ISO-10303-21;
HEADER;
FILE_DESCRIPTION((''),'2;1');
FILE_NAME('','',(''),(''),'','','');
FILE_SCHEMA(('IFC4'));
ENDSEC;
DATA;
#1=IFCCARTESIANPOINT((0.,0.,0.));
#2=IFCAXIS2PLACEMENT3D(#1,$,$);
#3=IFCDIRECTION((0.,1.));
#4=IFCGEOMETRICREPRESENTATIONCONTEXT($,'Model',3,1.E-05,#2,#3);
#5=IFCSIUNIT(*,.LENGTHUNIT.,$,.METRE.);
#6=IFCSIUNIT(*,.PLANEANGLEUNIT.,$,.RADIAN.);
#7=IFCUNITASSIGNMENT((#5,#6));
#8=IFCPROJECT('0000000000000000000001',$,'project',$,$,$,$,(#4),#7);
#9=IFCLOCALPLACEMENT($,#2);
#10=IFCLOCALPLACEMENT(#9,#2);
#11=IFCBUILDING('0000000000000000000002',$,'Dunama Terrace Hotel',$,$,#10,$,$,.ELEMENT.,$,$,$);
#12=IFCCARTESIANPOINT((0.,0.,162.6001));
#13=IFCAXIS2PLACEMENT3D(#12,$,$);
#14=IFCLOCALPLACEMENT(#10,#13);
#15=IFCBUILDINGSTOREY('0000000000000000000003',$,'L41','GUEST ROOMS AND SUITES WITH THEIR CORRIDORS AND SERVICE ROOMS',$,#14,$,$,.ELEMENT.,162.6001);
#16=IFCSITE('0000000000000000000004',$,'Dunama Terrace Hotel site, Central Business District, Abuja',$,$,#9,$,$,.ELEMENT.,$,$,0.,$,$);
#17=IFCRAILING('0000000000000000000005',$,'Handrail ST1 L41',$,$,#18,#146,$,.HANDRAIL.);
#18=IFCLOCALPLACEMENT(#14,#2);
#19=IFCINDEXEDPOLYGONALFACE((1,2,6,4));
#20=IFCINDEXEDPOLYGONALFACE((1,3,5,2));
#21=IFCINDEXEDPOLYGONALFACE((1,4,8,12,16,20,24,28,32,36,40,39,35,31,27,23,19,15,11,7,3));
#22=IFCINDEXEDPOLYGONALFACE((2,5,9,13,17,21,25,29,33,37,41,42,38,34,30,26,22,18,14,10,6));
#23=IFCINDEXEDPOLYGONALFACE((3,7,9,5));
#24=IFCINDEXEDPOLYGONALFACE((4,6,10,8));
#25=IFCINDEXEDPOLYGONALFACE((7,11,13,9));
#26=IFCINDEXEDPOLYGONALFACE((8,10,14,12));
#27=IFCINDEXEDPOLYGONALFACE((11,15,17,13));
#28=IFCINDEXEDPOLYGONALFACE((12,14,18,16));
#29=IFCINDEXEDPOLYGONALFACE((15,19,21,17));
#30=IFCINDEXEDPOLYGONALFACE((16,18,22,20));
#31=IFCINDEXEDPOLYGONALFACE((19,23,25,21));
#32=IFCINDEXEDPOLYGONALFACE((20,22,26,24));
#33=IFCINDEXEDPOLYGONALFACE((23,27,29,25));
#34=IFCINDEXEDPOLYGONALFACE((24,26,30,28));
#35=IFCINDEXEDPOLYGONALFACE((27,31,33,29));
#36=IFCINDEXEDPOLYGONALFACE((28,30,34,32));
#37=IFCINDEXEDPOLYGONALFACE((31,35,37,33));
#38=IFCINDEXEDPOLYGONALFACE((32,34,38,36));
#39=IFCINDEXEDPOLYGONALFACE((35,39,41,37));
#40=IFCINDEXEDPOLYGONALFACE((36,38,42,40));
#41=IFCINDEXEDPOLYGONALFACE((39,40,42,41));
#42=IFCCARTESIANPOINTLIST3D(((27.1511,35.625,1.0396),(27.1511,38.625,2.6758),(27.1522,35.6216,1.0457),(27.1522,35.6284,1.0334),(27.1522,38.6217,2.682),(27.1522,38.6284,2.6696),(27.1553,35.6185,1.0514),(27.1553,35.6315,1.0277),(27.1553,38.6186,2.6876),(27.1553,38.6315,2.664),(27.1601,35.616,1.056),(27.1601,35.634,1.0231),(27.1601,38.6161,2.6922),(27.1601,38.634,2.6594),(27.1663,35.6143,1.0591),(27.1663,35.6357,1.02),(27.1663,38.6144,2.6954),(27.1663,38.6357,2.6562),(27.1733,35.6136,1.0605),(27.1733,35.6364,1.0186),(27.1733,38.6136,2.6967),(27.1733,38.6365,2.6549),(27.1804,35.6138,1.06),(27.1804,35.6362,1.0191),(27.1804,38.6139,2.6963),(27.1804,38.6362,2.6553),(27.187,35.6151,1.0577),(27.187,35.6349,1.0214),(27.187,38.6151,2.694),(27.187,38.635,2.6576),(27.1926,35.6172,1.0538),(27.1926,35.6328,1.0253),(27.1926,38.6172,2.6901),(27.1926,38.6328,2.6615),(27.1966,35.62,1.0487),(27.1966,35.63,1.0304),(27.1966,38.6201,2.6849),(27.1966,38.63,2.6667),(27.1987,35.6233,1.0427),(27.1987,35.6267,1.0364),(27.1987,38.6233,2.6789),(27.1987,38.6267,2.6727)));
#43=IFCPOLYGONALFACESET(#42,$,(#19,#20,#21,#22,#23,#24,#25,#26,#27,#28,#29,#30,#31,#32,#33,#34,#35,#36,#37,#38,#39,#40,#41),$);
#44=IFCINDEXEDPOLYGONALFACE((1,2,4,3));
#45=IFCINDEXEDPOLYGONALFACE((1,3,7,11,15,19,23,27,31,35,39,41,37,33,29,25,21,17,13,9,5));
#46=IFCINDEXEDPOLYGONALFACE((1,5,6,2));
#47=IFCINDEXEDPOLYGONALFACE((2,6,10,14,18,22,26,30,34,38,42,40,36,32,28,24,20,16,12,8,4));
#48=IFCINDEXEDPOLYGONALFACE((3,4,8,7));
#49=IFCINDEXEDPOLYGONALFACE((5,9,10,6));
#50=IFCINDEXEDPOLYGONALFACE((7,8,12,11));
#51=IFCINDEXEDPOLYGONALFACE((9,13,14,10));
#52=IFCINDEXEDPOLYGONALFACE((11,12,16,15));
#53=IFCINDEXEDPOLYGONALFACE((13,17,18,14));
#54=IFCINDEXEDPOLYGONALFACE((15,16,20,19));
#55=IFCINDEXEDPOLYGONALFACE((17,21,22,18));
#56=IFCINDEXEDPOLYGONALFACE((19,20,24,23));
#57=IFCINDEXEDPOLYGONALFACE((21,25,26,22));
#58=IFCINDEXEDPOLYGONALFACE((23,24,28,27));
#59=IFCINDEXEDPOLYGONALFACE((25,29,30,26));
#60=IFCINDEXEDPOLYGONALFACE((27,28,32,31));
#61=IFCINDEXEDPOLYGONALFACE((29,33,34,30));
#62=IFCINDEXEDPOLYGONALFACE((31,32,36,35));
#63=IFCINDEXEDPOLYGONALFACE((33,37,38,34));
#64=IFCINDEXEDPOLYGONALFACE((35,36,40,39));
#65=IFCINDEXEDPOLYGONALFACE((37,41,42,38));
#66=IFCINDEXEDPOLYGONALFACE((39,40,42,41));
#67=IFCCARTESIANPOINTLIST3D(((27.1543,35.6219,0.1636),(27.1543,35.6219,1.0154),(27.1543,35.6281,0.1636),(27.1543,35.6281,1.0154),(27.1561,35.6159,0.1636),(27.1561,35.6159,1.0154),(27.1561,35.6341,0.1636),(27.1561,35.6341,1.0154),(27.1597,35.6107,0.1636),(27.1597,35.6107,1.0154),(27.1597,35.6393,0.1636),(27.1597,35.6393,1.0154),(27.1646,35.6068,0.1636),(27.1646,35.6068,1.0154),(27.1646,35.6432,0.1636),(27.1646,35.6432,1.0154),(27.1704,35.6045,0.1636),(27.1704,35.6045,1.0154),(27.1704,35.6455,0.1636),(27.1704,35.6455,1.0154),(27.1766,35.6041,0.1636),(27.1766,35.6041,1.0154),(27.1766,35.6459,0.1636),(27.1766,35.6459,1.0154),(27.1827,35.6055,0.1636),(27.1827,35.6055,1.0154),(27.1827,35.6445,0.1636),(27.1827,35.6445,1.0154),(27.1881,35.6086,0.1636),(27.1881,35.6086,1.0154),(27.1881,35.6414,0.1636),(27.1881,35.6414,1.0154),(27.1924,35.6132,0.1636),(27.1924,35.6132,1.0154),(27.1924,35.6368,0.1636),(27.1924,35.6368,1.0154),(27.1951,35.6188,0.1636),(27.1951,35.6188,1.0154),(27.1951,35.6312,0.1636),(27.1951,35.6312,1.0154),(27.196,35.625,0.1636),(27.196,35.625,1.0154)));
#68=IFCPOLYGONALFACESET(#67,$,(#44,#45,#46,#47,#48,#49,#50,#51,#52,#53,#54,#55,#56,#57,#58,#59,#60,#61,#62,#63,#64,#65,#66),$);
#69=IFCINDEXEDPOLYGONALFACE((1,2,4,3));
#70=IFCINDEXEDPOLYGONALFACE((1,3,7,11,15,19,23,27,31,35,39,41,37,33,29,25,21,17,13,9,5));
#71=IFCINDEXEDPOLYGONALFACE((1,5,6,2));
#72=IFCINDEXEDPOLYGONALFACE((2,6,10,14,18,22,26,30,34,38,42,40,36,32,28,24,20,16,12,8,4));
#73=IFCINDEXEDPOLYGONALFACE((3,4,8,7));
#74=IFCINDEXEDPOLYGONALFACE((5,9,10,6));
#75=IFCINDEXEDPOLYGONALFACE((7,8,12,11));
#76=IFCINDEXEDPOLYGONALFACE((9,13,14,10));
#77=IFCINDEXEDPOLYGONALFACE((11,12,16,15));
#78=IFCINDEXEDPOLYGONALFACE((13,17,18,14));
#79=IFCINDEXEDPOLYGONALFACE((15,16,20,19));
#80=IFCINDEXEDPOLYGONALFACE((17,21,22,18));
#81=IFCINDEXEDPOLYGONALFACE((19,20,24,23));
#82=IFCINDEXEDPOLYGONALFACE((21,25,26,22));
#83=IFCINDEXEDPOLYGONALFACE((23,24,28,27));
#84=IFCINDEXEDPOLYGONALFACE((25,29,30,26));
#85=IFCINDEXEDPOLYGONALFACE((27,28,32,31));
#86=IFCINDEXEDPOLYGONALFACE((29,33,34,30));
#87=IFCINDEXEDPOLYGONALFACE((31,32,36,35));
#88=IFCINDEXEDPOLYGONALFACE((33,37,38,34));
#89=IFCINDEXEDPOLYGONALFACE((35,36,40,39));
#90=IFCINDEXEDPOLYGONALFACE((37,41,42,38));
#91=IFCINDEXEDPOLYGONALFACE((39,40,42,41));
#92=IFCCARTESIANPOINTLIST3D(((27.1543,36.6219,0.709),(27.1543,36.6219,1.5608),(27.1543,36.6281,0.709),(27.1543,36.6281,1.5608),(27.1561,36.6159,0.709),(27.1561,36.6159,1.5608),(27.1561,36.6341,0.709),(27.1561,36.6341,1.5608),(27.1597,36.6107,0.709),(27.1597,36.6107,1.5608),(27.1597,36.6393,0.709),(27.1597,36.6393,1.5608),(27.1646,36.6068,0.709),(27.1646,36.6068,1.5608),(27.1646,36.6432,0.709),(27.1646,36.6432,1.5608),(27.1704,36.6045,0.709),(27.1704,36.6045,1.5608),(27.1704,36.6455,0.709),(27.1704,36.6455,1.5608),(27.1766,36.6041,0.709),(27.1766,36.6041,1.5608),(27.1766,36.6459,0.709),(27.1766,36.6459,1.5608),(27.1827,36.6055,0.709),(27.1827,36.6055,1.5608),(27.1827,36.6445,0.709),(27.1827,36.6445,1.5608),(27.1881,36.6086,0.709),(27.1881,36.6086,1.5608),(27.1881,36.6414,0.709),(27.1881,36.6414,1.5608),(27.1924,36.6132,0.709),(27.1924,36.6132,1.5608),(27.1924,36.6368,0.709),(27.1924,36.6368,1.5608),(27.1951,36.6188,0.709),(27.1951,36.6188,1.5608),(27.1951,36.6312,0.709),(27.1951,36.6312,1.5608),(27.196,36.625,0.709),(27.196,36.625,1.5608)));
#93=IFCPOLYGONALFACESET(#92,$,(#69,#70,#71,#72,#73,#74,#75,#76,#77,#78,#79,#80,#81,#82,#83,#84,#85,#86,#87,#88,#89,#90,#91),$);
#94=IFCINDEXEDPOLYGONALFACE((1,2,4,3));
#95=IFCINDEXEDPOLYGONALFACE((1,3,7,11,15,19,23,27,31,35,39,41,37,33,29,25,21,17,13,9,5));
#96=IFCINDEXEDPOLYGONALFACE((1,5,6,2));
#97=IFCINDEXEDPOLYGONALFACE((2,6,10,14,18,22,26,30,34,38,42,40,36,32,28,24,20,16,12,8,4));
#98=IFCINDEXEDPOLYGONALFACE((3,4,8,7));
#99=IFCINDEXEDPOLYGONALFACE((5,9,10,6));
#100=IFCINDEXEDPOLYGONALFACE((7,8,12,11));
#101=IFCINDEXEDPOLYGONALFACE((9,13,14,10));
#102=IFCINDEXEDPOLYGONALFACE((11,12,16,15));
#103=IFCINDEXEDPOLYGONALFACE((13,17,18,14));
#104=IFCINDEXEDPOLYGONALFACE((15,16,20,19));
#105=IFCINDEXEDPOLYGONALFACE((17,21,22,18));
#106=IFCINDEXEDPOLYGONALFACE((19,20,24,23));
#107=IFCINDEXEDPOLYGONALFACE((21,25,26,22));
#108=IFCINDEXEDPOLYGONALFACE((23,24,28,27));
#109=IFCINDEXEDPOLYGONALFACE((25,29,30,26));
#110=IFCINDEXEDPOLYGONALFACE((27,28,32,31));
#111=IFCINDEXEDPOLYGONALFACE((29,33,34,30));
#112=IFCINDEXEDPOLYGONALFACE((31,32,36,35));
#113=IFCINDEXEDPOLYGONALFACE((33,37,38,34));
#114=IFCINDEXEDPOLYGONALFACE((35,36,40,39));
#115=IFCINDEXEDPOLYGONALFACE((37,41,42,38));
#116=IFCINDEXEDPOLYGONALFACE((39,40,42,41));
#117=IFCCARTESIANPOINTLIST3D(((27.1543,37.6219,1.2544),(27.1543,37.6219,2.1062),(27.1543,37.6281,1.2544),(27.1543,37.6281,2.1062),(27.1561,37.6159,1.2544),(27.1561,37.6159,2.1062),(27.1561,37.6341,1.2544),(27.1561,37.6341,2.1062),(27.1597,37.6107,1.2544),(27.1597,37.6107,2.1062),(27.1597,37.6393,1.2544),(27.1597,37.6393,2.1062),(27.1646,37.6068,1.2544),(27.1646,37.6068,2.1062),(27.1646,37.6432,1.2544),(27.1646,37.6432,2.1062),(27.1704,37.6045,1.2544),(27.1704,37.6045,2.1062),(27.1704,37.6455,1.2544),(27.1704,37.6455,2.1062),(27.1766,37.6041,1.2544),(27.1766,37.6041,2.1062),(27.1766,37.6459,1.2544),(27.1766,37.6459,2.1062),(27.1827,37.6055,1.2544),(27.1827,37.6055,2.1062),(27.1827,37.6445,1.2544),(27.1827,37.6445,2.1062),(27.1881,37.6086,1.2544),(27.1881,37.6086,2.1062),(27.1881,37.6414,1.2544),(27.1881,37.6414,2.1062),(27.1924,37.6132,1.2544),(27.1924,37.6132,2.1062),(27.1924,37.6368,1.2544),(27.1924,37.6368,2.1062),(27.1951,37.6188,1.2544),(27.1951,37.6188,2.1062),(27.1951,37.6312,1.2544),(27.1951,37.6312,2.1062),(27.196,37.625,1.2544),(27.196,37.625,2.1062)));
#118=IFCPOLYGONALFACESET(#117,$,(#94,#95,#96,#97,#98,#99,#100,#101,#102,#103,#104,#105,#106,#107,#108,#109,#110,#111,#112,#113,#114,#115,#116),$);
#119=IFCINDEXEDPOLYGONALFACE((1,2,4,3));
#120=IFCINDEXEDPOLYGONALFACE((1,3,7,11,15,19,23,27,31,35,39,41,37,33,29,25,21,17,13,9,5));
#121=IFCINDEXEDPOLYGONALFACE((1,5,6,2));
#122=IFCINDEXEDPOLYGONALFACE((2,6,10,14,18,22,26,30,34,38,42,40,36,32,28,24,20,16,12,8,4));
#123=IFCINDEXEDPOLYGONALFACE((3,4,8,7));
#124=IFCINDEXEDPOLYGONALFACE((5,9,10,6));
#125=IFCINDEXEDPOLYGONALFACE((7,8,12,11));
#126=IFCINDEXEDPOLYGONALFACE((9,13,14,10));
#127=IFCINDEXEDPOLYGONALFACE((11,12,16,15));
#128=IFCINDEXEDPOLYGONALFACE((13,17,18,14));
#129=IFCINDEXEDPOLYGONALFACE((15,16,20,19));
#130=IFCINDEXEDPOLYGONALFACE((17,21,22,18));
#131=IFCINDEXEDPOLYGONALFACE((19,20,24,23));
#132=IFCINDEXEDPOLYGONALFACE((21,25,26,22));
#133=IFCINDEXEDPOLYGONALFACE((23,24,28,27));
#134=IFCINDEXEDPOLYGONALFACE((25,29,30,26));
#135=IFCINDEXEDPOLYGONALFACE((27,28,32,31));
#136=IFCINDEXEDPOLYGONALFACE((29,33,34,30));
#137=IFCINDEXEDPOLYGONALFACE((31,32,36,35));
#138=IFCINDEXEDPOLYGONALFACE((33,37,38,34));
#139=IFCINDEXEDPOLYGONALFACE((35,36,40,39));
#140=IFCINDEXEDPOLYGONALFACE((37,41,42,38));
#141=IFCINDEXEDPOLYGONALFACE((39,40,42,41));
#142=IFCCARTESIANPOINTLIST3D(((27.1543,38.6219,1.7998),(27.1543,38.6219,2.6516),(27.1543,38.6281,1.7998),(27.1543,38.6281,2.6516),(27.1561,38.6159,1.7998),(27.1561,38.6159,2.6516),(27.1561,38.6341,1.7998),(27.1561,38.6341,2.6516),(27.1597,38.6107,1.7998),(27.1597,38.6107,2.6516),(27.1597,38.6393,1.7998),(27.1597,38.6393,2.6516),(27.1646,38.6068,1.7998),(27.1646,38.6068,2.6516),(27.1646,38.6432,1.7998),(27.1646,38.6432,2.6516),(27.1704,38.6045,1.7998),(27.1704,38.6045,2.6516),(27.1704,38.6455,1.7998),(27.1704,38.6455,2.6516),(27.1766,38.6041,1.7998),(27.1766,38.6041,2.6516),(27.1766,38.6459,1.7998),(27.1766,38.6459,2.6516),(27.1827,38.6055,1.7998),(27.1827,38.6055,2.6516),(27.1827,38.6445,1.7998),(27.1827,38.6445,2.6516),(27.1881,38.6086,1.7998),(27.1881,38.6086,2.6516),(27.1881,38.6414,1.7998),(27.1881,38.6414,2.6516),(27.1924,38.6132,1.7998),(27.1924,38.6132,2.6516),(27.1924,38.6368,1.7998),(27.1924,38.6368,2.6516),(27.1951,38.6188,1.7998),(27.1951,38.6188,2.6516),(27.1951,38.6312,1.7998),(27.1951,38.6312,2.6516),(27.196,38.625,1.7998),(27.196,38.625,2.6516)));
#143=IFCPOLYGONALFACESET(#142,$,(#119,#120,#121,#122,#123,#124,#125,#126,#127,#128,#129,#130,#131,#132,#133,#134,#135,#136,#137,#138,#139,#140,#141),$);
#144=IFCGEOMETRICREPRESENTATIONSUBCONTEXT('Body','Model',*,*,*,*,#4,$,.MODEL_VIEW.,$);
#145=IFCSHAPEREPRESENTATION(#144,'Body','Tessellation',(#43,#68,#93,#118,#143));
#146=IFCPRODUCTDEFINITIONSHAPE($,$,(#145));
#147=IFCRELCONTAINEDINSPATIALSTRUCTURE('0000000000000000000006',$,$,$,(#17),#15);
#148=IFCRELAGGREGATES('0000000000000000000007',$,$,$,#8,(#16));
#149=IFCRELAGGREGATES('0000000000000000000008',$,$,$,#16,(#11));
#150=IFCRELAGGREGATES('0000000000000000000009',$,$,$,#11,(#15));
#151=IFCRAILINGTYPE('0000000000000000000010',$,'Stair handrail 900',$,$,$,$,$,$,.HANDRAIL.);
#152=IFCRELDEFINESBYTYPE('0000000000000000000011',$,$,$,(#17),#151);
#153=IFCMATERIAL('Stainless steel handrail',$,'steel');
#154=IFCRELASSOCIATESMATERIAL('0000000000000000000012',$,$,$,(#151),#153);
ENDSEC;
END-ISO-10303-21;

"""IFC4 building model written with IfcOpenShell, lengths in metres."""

from ifc_helpers import new_model, si_unit, direction, frame, origin, origin_2d, place, context, subcontext, project, spatial, circle, extrude, material, type_object, element, save


model = new_model("IFC4")

# Units and contexts
model_context = context("Model", 3, precision=1e-05, world=origin(), true_north=direction((0.0, 1.0)))
body_context = subcontext(model_context, "Body", "Model", "MODEL_VIEW")
ifc_project = project(units=[si_unit("LENGTHUNIT", "METRE"), si_unit("PLANEANGLEUNIT", "RADIAN")], contexts=[model_context])

# Site, building, storey
site_placement = place(None, origin())
site = spatial("IfcSite", under=ifc_project, at=site_placement, Name="Dunama Terrace Hotel site, Central Business District, Abuja", CompositionType="ELEMENT", RefElevation=0.0)
building_placement = place(site_placement, origin())
building = spatial("IfcBuilding", under=site, at=building_placement, Name="Dunama Terrace Hotel", CompositionType="ELEMENT")
storey_placement = place(building_placement, frame((0.0, 0.0, 162.6001)))
storey = spatial("IfcBuildingStorey", under=building, at=storey_placement, Name="L41", Description="GUEST ROOMS AND SUITES WITH THEIR CORRIDORS AND SERVICE ROOMS", CompositionType="ELEMENT", Elevation=162.6001)

# Railing
ifc_material_1 = material(Name="Stainless steel handrail", Category="steel")
railing_type = type_object("IfcRailingType", Name="Stair handrail 900", PredefinedType="HANDRAIL", material=ifc_material_1)
railing_1_placement = place(storey_placement, frame((27.175, 35.625, 0.1636)))
element("IfcRailing", 1, at=railing_1_placement, inside=storey, type_object=railing_type, Name="Handrail ST1 L41", PredefinedType="HANDRAIL", context=body_context, shape_type="SweptSolid", body=[
    extrude(circle(Radius=0.0239, at=origin_2d()), frame((0.0, 0.0, 0.876), z_axis=(0.0, 0.877912, 0.478822), x_axis=(-1.0, 0.0, 0.0)), (0.0, 0.0, 1.0), 3.4172),
    extrude(circle(Radius=0.021, at=origin_2d()), origin(), (0.0, 0.0, 1.0), 0.8518),
    extrude(circle(Radius=0.021, at=origin_2d()), frame((0.0, 1.0, 0.5454)), (0.0, 0.0, 1.0), 0.8518),
    extrude(circle(Radius=0.021, at=origin_2d()), frame((0.0, 2.0, 1.0908)), (0.0, 0.0, 1.0), 0.8518),
    extrude(circle(Radius=0.021, at=origin_2d()), frame((0.0, 3.0, 1.6362)), (0.0, 0.0, 1.0), 0.8518),
])

save(model, "model.ifc")
